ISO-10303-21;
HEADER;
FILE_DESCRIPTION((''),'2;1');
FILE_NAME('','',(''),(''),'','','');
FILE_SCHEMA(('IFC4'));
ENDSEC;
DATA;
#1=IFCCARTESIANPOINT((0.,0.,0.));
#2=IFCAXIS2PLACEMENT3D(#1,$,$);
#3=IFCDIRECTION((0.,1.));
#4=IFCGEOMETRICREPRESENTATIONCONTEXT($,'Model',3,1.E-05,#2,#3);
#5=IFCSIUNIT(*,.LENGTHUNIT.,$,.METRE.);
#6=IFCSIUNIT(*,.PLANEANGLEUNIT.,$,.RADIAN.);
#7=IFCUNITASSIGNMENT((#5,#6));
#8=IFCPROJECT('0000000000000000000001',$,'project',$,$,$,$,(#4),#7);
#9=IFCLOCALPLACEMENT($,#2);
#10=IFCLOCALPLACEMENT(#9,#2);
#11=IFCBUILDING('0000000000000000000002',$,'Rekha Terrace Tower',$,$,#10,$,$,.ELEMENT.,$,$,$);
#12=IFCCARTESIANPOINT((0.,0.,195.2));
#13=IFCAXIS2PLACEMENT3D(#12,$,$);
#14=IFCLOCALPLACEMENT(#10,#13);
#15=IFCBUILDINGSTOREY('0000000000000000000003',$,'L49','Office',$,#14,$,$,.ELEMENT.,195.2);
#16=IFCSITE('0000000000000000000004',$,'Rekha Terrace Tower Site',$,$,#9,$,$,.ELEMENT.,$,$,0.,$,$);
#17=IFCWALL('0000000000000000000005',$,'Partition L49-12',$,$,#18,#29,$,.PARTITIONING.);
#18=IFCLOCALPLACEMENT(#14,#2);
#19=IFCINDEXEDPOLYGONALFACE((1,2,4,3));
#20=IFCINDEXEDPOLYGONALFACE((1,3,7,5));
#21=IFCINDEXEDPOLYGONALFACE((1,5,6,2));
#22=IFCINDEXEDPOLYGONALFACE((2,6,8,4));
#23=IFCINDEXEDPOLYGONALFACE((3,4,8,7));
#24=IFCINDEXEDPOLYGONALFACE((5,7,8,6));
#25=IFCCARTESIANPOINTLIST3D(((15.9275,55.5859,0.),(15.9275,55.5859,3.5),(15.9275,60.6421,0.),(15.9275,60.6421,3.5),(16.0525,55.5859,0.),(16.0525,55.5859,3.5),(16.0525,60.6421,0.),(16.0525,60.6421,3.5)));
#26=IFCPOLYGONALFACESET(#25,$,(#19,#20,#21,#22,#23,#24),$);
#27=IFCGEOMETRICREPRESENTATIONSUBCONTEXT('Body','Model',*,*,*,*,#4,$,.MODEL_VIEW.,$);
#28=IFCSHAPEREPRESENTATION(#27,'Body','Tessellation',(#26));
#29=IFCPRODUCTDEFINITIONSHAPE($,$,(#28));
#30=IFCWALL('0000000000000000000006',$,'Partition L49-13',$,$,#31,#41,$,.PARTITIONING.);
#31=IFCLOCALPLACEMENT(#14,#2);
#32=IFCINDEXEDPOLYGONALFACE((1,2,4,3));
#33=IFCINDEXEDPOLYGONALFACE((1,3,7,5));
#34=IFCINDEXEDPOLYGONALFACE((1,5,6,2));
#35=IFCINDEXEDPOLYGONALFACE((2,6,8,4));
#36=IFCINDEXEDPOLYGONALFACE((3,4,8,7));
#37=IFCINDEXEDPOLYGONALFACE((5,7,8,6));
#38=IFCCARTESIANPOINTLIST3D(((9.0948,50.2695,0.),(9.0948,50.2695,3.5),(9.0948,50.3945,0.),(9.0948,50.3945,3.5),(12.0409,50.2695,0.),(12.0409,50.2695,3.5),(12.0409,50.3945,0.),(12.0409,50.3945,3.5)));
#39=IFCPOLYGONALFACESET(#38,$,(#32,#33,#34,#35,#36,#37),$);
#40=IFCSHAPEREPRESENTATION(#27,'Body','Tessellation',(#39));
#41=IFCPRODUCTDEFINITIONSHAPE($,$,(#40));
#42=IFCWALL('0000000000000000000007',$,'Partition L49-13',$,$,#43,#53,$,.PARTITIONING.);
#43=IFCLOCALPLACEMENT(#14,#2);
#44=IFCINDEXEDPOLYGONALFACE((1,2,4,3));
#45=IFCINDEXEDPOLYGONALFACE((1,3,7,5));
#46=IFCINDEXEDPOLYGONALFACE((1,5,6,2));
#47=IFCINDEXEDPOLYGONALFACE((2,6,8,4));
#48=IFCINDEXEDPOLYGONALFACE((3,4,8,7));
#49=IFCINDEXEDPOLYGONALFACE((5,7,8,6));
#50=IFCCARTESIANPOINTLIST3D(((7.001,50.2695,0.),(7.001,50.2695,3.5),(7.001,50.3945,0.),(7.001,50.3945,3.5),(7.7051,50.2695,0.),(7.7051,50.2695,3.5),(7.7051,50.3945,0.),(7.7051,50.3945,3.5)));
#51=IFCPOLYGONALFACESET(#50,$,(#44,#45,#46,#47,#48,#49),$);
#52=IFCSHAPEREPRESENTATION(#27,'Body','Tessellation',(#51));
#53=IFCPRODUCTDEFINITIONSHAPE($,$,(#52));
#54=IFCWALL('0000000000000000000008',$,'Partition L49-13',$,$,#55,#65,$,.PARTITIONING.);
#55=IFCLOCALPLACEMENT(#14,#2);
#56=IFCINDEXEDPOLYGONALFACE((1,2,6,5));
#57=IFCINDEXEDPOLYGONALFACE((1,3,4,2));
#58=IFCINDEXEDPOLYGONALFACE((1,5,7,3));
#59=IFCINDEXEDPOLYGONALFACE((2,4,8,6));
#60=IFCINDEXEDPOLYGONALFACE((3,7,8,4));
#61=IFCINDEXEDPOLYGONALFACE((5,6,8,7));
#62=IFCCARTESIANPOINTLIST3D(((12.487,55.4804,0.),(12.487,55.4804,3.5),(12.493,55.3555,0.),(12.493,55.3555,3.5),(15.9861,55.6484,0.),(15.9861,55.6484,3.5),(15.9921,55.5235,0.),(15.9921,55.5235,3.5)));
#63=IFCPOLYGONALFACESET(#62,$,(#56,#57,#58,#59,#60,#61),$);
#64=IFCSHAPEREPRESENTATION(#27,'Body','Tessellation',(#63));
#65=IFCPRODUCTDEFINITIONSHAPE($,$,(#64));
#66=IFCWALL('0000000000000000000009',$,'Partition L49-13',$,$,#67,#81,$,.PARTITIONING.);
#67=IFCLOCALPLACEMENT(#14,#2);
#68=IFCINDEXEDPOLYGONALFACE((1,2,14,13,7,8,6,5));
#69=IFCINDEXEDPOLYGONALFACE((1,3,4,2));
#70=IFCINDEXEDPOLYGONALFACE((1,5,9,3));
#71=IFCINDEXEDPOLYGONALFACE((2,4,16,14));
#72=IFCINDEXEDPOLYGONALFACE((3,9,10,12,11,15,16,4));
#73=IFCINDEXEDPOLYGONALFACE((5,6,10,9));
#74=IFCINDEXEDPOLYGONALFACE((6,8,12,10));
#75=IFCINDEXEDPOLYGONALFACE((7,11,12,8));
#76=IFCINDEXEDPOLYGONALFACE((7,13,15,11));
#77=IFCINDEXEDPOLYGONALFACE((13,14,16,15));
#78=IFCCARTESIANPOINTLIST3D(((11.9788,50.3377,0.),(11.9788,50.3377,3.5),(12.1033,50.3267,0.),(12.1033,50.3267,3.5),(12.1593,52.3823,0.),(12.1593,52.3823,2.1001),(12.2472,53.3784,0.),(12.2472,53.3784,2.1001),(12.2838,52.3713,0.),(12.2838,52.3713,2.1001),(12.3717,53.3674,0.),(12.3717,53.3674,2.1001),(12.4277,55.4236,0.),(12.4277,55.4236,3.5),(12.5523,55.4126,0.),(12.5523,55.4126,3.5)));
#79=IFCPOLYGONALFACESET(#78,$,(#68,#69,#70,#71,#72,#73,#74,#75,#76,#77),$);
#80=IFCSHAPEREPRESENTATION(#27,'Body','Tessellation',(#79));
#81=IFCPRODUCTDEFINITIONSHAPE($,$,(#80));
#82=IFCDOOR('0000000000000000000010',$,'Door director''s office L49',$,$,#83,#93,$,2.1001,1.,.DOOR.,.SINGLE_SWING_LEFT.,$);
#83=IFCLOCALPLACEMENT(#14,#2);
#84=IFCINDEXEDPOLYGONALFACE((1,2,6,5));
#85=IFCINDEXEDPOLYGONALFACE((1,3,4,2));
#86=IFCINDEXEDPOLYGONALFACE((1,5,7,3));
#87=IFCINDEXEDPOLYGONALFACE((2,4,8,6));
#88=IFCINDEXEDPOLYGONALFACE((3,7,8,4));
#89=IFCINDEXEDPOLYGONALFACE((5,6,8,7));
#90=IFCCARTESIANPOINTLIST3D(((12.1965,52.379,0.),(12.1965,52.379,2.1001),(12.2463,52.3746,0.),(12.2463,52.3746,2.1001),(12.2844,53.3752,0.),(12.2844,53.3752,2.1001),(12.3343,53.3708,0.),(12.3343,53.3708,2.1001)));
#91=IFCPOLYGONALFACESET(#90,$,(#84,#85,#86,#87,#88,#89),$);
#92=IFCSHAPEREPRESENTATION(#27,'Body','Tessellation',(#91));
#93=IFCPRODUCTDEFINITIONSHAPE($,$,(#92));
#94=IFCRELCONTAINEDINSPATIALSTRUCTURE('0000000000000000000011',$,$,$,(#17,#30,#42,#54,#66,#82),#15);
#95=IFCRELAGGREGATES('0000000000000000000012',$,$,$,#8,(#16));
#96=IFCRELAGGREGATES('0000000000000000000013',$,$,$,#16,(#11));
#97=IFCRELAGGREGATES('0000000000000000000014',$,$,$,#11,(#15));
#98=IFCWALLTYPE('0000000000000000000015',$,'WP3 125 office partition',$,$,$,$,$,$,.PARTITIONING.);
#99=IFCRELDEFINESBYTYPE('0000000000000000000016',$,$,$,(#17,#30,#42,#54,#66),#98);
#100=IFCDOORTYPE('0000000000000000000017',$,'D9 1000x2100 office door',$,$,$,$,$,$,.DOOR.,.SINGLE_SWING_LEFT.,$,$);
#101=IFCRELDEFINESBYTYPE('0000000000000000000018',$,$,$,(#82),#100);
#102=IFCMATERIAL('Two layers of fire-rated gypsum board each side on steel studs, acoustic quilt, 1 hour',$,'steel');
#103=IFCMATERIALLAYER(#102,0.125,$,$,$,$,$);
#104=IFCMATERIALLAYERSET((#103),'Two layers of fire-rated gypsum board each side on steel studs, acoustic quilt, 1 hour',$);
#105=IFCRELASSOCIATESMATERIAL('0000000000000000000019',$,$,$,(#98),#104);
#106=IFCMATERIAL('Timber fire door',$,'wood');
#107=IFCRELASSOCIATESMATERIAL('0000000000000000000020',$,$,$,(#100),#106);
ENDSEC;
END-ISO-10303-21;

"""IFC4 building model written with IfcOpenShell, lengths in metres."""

from ifc_helpers import new_model, si_unit, direction, frame, frame_2d, origin, place, context, subcontext, project, spatial, rectangle, extrude, material, layer, layer_set, type_object, element, fill, save


model = new_model("IFC4")

# Units and contexts
model_context = context("Model", 3, precision=1e-05, world=origin(), true_north=direction((0.0, 1.0)))
body_context = subcontext(model_context, "Body", "Model", "MODEL_VIEW")
ifc_project = project(units=[si_unit("LENGTHUNIT", "METRE"), si_unit("PLANEANGLEUNIT", "RADIAN")], contexts=[model_context])

# Site, building, storey
site_placement = place(None, origin())
site = spatial("IfcSite", under=ifc_project, at=site_placement, Name="Rekha Terrace Tower Site", CompositionType="ELEMENT", RefElevation=0.0)
building_placement = place(site_placement, origin())
building = spatial("IfcBuilding", under=site, at=building_placement, Name="Rekha Terrace Tower", CompositionType="ELEMENT")
storey_placement = place(building_placement, frame((0.0, 0.0, 195.2)))
storey = spatial("IfcBuildingStorey", under=building, at=storey_placement, Name="L49", Description="Office", CompositionType="ELEMENT", Elevation=195.2)

# Walls
ifc_material_1 = material(Name="Two layers of fire-rated gypsum board each side on steel studs, acoustic quilt, 1 hour", Category="steel")
ifc_layer_1 = layer(ifc_material_1, 0.125)
ifc_layer_set_1 = layer_set([ifc_layer_1], Name="Two layers of fire-rated gypsum board each side on steel studs, acoustic quilt, 1 hour")
wall_type = type_object("IfcWallType", Name="WP3 125 office partition", PredefinedType="PARTITIONING", material=ifc_layer_set_1)
wall_1_placement = place(storey_placement, frame((15.99, 55.5859, 0.0), z_axis=(0.0, 0.0, 1.0), x_axis=(0.0, 1.0, 0.0)))
element("IfcWall", 1, at=wall_1_placement, inside=storey, type_object=wall_type, Name="Partition L49-12", PredefinedType="PARTITIONING", context=body_context, shape_type="SweptSolid", body=[
    extrude(rectangle(XDim=5.0562, YDim=0.125, at=frame_2d((2.5281, 0.0))), origin(), (0.0, 0.0, 1.0), 3.5),
])
wall_2_placement = place(storey_placement, frame((12.041, 50.332, 0.0), z_axis=(0.0, 0.0, 1.0), x_axis=(-1.0, 0.0, 0.0)))
element("IfcWall", 2, at=wall_2_placement, inside=storey, type_object=wall_type, Name="Partition L49-13", PredefinedType="PARTITIONING", context=body_context, shape_type="SweptSolid", body=[
    extrude(rectangle(XDim=2.946, YDim=0.125, at=frame_2d((1.4731, 0.0))), origin(), (0.0, 0.0, 1.0), 3.5),
])
wall_3_placement = place(storey_placement, frame((7.7051, 50.332, 0.0), z_axis=(0.0, 0.0, 1.0), x_axis=(-1.0, 0.0, 0.0)))
element("IfcWall", 3, at=wall_3_placement, inside=storey, type_object=wall_type, Name="Partition L49-13", PredefinedType="PARTITIONING", context=body_context, shape_type="SweptSolid", body=[
    extrude(rectangle(XDim=0.7041, YDim=0.125, at=frame_2d((0.3521, 0.0))), origin(), (0.0, 0.0, 1.0), 3.5),
])
wall_4_placement = place(storey_placement, frame((15.989, 55.5859, 0.0), z_axis=(0.0, 0.0, 1.0), x_axis=(-0.99885, -0.047949, 0.0)))
element("IfcWall", 4, at=wall_4_placement, inside=storey, type_object=wall_type, Name="Partition L49-13", PredefinedType="PARTITIONING", context=body_context, shape_type="SweptSolid", body=[
    extrude(rectangle(XDim=3.5032, YDim=0.125, at=frame_2d((1.7515, 0.0))), origin(), (0.0, 0.0, 1.0), 3.5),
])

# Wall, opening, door
wall_5_placement = place(storey_placement, frame((12.49, 55.418, 0.0), z_axis=(0.0, 0.0, 1.0), x_axis=(-0.087936, -0.996126, 0.0)))
wall_5 = element("IfcWall", 5, at=wall_5_placement, inside=storey, type_object=wall_type, Name="Partition L49-13", PredefinedType="PARTITIONING", context=body_context, shape_type="SweptSolid", body=[
    extrude(rectangle(XDim=5.1057, YDim=0.125, at=frame_2d((2.5527, 0.0))), origin(), (0.0, 0.0, 1.0), 3.5),
])
opening_placement = place(wall_5_placement, frame((2.053, 0.0, 0.0)))
opening = element("IfcOpeningElement", 6, at=opening_placement, cuts=wall_5, PredefinedType="OPENING", context=body_context, shape_type="SweptSolid", body=[
    extrude(rectangle(XDim=1.0, YDim=2.1001, at=frame_2d((0.5, 1.05))), frame((0.0, 0.0725, 0.0), z_axis=(0.0, -1.0, 0.0), x_axis=(1.0, 0.0, 0.0)), (0.0, 0.0, 1.0), 0.145),
])
ifc_material_2 = material(Name="Timber fire door", Category="wood")
door_type = type_object("IfcDoorType", Name="D9 1000x2100 office door", OperationType="SINGLE_SWING_LEFT", PredefinedType="DOOR", material=ifc_material_2)
door_placement = place(opening_placement, origin())
door = element("IfcDoor", 7, at=door_placement, inside=storey, type_object=door_type, Name="Door director's office L49", OperationType="SINGLE_SWING_LEFT", OverallHeight=2.1001, OverallWidth=1.0, PredefinedType="DOOR", context=body_context, shape_type="SweptSolid", body=[
    extrude(rectangle(XDim=1.0, YDim=2.1001, at=frame_2d((0.5, 1.05))), frame((0.0, 0.0249, 0.0), z_axis=(0.0, -1.0, 0.0), x_axis=(1.0, 0.0, 0.0)), (0.0, 0.0, 1.0), 0.05),
])
fill(opening, door)

save(model, "model.ifc")
